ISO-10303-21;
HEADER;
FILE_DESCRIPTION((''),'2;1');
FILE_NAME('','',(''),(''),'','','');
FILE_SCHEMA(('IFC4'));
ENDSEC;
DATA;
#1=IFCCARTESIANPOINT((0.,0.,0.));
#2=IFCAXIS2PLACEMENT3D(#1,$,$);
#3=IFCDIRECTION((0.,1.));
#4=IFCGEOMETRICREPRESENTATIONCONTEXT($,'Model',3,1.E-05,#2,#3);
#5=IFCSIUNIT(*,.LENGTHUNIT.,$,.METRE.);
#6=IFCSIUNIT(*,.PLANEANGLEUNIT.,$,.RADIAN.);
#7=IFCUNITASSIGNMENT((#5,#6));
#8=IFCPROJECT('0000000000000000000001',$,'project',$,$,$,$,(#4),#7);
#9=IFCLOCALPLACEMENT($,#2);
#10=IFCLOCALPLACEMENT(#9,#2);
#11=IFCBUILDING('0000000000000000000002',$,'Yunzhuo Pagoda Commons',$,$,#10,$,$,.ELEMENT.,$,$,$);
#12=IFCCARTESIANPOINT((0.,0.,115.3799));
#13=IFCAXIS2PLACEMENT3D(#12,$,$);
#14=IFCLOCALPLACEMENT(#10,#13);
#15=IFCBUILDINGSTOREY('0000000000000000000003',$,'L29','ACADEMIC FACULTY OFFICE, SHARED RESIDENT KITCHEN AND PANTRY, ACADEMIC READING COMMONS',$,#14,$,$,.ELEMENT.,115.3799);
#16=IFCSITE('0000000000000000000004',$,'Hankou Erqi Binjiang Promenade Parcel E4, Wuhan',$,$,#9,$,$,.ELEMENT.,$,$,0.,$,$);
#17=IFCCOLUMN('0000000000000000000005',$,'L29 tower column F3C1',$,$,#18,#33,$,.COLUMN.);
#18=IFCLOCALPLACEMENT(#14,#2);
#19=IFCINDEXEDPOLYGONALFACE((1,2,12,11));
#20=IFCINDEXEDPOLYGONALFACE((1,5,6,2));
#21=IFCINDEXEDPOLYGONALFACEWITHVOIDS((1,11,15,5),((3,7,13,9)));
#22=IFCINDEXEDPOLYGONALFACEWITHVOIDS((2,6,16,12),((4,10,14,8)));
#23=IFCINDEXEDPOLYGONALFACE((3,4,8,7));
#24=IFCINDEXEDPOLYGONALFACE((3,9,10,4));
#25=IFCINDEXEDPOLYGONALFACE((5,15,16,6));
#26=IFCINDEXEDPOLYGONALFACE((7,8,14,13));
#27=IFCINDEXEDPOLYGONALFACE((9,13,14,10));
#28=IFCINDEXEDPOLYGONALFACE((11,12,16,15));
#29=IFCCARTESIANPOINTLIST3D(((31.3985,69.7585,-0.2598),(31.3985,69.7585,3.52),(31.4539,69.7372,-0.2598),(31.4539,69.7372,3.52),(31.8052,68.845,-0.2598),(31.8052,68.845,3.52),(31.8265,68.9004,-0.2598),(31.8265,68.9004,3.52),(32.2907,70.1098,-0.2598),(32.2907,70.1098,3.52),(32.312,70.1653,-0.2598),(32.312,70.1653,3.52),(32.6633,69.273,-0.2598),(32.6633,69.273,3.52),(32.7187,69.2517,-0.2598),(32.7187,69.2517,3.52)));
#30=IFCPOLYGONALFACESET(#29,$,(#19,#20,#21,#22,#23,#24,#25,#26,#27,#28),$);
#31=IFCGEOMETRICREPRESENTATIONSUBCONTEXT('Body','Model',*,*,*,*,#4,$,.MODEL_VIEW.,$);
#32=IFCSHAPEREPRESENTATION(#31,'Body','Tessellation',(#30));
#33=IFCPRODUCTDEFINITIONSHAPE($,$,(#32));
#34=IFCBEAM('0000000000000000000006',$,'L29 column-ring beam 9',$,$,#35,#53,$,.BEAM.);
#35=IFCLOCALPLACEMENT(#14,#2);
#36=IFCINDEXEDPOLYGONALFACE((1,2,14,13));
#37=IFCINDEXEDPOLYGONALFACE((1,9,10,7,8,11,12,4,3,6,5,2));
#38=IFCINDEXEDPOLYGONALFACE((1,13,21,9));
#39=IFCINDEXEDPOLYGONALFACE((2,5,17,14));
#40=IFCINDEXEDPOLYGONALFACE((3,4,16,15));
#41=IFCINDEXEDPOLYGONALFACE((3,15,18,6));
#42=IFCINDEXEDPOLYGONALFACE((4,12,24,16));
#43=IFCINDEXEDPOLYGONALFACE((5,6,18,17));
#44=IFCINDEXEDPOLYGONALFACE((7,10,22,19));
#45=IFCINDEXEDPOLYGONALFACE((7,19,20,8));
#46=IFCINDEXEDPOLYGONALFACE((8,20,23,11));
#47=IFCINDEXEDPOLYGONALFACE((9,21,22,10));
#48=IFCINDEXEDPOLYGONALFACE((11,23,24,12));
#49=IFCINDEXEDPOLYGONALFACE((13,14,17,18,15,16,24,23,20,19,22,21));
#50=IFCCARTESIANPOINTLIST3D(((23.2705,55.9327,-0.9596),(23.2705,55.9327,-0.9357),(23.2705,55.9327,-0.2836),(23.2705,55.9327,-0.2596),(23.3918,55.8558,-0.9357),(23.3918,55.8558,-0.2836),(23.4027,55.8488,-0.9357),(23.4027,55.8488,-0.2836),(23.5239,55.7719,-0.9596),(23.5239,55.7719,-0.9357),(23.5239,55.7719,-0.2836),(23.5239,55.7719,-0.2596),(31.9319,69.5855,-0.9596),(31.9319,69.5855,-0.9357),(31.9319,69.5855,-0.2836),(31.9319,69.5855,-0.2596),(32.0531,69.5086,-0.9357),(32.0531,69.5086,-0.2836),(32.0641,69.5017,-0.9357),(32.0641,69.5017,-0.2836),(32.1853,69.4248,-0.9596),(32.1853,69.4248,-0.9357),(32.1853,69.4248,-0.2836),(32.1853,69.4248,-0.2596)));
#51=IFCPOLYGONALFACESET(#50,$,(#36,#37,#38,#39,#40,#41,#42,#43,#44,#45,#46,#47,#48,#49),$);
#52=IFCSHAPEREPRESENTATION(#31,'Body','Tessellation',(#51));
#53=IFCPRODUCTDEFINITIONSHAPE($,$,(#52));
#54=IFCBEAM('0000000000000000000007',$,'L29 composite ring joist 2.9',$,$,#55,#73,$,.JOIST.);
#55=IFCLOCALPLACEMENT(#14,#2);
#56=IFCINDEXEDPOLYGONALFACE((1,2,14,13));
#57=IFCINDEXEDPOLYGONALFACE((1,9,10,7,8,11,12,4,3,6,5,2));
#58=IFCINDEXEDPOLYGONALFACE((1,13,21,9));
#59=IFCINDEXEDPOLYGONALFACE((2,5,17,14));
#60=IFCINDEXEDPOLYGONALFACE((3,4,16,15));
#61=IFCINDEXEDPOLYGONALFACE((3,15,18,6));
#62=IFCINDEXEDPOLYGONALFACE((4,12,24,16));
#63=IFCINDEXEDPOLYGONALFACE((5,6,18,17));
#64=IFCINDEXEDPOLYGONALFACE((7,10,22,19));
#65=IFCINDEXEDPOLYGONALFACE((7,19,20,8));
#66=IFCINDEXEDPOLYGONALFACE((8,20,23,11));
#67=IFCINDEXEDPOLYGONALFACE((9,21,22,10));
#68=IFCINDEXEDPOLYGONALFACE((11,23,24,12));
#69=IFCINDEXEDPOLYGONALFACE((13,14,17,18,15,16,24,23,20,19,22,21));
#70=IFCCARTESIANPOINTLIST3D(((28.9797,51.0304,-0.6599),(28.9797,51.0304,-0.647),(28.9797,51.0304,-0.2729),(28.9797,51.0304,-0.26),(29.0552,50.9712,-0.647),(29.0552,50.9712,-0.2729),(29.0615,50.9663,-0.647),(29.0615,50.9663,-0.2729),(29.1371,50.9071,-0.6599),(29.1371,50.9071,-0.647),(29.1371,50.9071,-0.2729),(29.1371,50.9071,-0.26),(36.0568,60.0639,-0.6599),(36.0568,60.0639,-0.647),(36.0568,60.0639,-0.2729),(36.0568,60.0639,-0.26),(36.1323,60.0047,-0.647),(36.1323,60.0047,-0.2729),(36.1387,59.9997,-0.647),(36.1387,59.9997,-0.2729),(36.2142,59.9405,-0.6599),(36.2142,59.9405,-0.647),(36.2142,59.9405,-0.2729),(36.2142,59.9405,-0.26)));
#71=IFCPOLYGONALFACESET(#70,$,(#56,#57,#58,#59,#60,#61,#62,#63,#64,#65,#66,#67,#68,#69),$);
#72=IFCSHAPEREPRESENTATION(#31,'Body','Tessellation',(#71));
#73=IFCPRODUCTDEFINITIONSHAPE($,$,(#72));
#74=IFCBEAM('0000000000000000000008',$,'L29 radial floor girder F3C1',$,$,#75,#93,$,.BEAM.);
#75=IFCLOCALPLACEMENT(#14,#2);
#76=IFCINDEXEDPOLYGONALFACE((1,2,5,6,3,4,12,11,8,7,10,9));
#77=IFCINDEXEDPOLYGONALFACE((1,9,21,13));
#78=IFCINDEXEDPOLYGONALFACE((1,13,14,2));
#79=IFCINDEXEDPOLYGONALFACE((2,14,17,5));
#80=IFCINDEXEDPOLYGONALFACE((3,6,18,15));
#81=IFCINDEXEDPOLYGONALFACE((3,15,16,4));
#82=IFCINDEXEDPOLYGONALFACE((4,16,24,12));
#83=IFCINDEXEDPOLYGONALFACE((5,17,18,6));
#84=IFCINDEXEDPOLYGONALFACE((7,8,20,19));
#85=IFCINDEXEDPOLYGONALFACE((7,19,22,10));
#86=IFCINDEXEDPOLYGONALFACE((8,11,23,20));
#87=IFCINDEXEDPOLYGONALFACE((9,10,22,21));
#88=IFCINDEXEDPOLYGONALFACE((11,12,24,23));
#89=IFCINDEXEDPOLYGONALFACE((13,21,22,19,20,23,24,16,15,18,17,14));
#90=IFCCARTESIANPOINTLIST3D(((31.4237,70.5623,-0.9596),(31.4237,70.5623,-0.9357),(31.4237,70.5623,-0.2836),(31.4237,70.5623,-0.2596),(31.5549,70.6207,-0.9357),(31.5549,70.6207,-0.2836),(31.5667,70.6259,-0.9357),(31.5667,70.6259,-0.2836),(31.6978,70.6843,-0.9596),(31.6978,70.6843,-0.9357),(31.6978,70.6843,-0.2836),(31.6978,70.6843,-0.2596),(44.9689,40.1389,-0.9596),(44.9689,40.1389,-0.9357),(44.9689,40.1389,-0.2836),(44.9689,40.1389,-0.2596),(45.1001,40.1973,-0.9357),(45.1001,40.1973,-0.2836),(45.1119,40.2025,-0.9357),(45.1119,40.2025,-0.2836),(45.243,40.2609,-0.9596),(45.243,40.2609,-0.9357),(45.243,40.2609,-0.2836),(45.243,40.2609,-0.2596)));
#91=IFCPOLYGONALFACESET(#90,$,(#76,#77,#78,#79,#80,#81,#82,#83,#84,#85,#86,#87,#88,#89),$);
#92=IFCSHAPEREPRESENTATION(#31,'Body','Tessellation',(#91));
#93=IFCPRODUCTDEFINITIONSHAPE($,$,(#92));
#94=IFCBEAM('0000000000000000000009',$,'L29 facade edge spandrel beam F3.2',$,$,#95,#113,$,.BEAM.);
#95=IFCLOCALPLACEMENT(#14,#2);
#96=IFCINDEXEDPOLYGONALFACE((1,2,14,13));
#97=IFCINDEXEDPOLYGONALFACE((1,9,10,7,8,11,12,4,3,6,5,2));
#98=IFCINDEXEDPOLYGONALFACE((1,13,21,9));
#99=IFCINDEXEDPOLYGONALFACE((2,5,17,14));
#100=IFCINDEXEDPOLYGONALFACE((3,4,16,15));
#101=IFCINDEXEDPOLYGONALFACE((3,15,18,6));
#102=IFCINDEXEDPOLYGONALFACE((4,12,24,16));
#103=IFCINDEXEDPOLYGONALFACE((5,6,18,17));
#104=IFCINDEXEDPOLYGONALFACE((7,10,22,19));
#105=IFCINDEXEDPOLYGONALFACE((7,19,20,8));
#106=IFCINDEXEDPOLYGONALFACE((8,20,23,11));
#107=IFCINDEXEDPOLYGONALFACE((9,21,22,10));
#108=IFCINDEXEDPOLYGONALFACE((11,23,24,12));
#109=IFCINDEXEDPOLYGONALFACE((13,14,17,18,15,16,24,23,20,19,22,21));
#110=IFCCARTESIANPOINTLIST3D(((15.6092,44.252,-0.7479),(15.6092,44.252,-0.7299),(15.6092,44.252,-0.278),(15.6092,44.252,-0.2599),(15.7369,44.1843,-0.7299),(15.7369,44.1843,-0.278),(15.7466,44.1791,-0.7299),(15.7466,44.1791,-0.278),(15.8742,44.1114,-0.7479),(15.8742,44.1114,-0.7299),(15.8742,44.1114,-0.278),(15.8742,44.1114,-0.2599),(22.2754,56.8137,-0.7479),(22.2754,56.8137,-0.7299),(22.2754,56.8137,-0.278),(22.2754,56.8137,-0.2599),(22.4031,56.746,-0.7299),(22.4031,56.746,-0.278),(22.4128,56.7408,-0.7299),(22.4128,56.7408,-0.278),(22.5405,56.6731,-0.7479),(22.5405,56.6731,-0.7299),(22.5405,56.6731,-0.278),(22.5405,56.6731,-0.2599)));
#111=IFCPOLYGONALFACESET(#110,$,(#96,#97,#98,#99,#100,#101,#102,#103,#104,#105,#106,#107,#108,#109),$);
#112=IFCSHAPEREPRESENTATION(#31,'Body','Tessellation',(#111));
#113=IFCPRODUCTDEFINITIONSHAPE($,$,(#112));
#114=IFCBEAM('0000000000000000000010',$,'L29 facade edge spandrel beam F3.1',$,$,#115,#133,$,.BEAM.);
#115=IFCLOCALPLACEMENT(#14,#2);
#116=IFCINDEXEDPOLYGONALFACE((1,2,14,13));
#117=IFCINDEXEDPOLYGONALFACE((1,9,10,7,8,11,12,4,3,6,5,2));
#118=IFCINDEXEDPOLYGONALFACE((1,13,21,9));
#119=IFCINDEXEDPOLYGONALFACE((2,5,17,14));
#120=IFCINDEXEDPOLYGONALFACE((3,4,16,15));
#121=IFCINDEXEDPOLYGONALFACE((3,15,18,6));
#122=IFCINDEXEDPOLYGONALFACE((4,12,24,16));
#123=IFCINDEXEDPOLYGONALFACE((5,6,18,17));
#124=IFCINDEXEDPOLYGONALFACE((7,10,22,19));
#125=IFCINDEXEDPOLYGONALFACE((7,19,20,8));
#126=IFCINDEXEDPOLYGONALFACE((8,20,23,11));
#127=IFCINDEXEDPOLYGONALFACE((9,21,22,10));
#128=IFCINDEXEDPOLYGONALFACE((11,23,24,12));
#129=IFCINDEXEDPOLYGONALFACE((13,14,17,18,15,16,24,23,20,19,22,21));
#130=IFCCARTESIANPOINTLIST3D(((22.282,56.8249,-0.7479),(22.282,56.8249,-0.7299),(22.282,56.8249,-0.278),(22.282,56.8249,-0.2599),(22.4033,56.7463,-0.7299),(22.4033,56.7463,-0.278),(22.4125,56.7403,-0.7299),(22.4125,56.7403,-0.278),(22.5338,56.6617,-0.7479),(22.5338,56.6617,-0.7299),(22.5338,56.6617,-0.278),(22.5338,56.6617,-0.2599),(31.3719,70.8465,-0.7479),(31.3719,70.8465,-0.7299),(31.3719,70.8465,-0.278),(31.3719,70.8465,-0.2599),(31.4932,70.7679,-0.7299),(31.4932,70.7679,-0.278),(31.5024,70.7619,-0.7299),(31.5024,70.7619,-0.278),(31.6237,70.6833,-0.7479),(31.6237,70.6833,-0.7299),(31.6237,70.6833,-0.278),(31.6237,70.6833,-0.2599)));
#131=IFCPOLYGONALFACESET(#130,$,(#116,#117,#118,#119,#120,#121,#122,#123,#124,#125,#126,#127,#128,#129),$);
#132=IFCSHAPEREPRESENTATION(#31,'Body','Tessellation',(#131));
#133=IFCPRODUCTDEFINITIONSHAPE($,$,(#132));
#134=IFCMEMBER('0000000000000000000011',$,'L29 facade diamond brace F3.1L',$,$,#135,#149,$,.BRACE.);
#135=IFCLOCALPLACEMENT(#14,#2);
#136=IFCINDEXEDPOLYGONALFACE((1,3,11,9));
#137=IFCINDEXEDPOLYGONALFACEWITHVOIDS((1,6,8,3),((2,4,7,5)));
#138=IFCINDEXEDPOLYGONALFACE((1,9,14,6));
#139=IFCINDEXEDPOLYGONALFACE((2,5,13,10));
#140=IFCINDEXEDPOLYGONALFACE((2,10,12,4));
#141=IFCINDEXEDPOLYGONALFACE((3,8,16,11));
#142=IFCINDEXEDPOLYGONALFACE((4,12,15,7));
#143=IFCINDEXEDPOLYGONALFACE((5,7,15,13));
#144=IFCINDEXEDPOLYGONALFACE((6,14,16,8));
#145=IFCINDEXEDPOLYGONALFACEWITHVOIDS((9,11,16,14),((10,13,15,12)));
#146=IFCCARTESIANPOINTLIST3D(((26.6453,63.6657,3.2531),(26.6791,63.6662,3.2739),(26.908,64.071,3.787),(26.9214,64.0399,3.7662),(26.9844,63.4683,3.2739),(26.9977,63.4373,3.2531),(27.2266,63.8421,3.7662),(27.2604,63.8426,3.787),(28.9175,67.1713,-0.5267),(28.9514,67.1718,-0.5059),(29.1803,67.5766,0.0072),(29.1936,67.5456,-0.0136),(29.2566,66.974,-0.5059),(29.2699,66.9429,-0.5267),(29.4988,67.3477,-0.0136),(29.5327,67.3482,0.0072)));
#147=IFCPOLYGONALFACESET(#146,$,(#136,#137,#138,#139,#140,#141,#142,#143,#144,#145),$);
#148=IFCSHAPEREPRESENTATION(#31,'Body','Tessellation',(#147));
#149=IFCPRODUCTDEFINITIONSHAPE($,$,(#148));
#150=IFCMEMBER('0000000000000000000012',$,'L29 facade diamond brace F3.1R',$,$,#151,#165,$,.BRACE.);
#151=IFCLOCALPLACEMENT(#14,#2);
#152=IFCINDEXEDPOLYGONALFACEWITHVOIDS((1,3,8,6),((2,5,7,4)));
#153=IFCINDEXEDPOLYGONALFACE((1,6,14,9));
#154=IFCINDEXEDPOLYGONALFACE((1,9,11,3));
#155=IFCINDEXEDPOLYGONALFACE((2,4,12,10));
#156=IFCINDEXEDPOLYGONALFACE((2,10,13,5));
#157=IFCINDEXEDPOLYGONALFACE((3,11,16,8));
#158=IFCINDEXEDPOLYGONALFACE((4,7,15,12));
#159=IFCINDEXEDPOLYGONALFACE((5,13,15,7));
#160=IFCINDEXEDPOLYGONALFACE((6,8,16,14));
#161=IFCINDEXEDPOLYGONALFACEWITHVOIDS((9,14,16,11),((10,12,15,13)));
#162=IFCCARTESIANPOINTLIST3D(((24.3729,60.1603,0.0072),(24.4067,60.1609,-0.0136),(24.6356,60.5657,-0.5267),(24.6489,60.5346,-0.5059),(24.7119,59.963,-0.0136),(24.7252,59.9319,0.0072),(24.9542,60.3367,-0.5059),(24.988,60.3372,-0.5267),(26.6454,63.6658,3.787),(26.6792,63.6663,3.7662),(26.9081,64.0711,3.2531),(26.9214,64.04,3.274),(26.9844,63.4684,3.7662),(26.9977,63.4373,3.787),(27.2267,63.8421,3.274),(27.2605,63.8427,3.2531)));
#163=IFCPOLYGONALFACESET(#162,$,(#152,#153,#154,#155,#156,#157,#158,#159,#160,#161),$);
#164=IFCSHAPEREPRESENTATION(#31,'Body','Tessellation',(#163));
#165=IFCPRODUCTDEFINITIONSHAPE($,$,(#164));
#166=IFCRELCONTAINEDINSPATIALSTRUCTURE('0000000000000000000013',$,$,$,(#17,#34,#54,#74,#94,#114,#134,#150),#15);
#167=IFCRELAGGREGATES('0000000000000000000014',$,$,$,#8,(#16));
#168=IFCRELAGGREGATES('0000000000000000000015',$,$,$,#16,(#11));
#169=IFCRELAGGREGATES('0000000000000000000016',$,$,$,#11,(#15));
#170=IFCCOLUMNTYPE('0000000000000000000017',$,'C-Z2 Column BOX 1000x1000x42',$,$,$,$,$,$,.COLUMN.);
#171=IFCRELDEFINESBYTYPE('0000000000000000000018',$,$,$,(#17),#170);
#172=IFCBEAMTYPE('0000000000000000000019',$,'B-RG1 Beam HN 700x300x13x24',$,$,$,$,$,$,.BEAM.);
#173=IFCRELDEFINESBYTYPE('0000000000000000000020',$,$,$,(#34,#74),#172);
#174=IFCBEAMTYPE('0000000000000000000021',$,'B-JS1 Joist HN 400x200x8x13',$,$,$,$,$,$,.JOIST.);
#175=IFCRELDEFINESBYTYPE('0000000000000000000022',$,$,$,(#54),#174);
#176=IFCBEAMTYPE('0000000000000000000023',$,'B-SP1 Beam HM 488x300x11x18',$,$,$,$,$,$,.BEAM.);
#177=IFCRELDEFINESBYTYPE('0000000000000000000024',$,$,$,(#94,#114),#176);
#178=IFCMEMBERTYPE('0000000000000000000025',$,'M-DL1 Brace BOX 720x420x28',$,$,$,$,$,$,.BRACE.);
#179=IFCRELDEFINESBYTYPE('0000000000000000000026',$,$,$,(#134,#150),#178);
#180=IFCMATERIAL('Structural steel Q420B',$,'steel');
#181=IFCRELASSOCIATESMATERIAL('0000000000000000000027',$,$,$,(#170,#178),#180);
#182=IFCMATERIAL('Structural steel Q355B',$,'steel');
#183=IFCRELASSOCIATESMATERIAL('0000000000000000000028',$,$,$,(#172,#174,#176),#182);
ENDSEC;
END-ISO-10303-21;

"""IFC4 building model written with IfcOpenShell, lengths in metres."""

from ifc_helpers import new_model, si_unit, direction, frame, origin, origin_2d, place, context, subcontext, project, spatial, hollow_rectangle, i_section, extrude, source, transform, mapped, material, material_profile, profile_set, type_object, element, save


model = new_model("IFC4")

# Units and contexts
model_context = context("Model", 3, precision=1e-05, world=origin(), true_north=direction((0.0, 1.0)))
body_context = subcontext(model_context, "Body", "Model", "MODEL_VIEW")
ifc_project = project(units=[si_unit("LENGTHUNIT", "METRE"), si_unit("PLANEANGLEUNIT", "RADIAN")], contexts=[model_context])

# Site, building, storey
site_placement = place(None, origin())
site = spatial("IfcSite", under=ifc_project, at=site_placement, Name="Hankou Erqi Binjiang Promenade Parcel E4, Wuhan", CompositionType="ELEMENT", RefElevation=0.0)
building_placement = place(site_placement, origin())
building = spatial("IfcBuilding", under=site, at=building_placement, Name="Yunzhuo Pagoda Commons", CompositionType="ELEMENT")
storey_placement = place(building_placement, frame((0.0, 0.0, 115.3799)))
storey = spatial("IfcBuildingStorey", under=building, at=storey_placement, Name="L29", Description="ACADEMIC FACULTY OFFICE, SHARED RESIDENT KITCHEN AND PANTRY, ACADEMIC READING COMMONS", CompositionType="ELEMENT", Elevation=115.3799)

# Column
ifc_material_1 = material(Name="Structural steel Q420B", Category="steel")
ifc_material_profile_1 = material_profile(ifc_material_1, hollow_rectangle(XDim=1.0, YDim=1.0, WallThickness=0.042, at=origin_2d()), Name="Structural steel Q420B")
ifc_profile_set_1 = profile_set([ifc_material_profile_1], Name="Structural steel Q420B")
column_type = type_object("IfcColumnType", Name="C-Z2 Column BOX 1000x1000x42", PredefinedType="COLUMN", material=ifc_profile_set_1)
shared_shape_1 = source(origin(), body_context, "Body", "SweptSolid", [
    extrude(hollow_rectangle(XDim=1.0, YDim=1.0, WallThickness=0.042, at=origin_2d()), origin(), (0.0, 0.0, 1.0), 3.7798),
])
column_placement = place(storey_placement, frame((32.0586, 69.5051, -0.2598), z_axis=(0.0, 0.0, 1.0), x_axis=(-0.913545, -0.406737, 0.0)))
element("IfcColumn", 1, at=column_placement, inside=storey, type_object=column_type, Name="L29 tower column F3C1", PredefinedType="COLUMN", context=body_context, shape_type="MappedRepresentation", body=[
    mapped(shared_shape_1, transform((0.0, 0.0, 0.0), scale=1.0)),
])

# Beams
ifc_material_2 = material(Name="Structural steel Q355B", Category="steel")
ifc_material_profile_2 = material_profile(ifc_material_2, i_section(OverallWidth=0.3, OverallDepth=0.7, WebThickness=0.0129, FlangeThickness=0.0239, at=origin_2d()), Name="Structural steel Q355B")
ifc_profile_set_2 = profile_set([ifc_material_profile_2], Name="Structural steel Q355B")
beam_type_1 = type_object("IfcBeamType", Name="B-RG1 Beam HN 700x300x13x24", PredefinedType="BEAM", material=ifc_profile_set_2)
shared_shape_2 = source(origin(), body_context, "Body", "SweptSolid", [
    extrude(i_section(OverallWidth=0.3, OverallDepth=0.7, WebThickness=0.0129, FlangeThickness=0.0239, at=origin_2d()), origin(), (0.0, 0.0, 1.0), 16.1685),
])
beam_1_placement = place(storey_placement, frame((32.0586, 69.5051, -0.6096), z_axis=(-0.535696, -0.844411, 0.0), x_axis=(0.844411, -0.535696, 0.0)))
element("IfcBeam", 2, at=beam_1_placement, inside=storey, type_object=beam_type_1, Name="L29 column-ring beam 9", PredefinedType="BEAM", context=body_context, shape_type="MappedRepresentation", body=[
    mapped(shared_shape_2, transform((0.0, 0.0, 0.0), scale=1.0)),
])
ifc_material_profile_3 = material_profile(ifc_material_2, i_section(OverallWidth=0.2, OverallDepth=0.3999, WebThickness=0.0081, FlangeThickness=0.0129, at=origin_2d()), Name="Structural steel Q355B")
ifc_profile_set_3 = profile_set([ifc_material_profile_3], Name="Structural steel Q355B")
beam_type_2 = type_object("IfcBeamType", Name="B-JS1 Joist HN 400x200x8x13", PredefinedType="JOIST", material=ifc_profile_set_3)
shared_shape_3 = source(origin(), body_context, "Body", "SweptSolid", [
    extrude(i_section(OverallWidth=0.2, OverallDepth=0.3999, WebThickness=0.0081, FlangeThickness=0.0129, at=origin_2d()), origin(), (0.0, 0.0, 1.0), 11.4756),
])
beam_2_placement = place(storey_placement, frame((36.1355, 60.0022, -0.46), z_axis=(-0.616713, -0.787188, 0.0), x_axis=(0.787188, -0.616713, 0.0)))
element("IfcBeam", 3, at=beam_2_placement, inside=storey, type_object=beam_type_2, Name="L29 composite ring joist 2.9", PredefinedType="JOIST", context=body_context, shape_type="MappedRepresentation", body=[
    mapped(shared_shape_3, transform((0.0, 0.0, 0.0), scale=1.0)),
])
shared_shape_4 = source(origin(), body_context, "Body", "SweptSolid", [
    extrude(i_section(OverallWidth=0.3, OverallDepth=0.7, WebThickness=0.0129, FlangeThickness=0.0239, at=origin_2d()), origin(), (0.0, 0.0, 1.0), 33.3025),
])
beam_3_placement = place(storey_placement, frame((31.5608, 70.6233, -0.6096), z_axis=(0.406732, -0.913547, 0.0), x_axis=(0.913547, 0.406732, 0.0)))
element("IfcBeam", 4, at=beam_3_placement, inside=storey, type_object=beam_type_1, Name="L29 radial floor girder F3C1", PredefinedType="BEAM", context=body_context, shape_type="MappedRepresentation", body=[
    mapped(shared_shape_4, transform((0.0, 0.0, 0.0), scale=1.0)),
])
ifc_material_profile_4 = material_profile(ifc_material_2, i_section(OverallWidth=0.3, OverallDepth=0.488, WebThickness=0.011, FlangeThickness=0.0181, at=origin_2d()), Name="Structural steel Q355B")
ifc_profile_set_4 = profile_set([ifc_material_profile_4], Name="Structural steel Q355B")
beam_type_3 = type_object("IfcBeamType", Name="B-SP1 Beam HM 488x300x11x18", PredefinedType="BEAM", material=ifc_profile_set_4)
shared_shape_5 = source(origin(), body_context, "Body", "SweptSolid", [
    extrude(i_section(OverallWidth=0.3, OverallDepth=0.488, WebThickness=0.011, FlangeThickness=0.0181, at=origin_2d()), origin(), (0.0, 0.0, 1.0), 14.2209),
])
beam_4_placement = place(storey_placement, frame((22.408, 56.7434, -0.5039), z_axis=(-0.468761, -0.883325, 0.0), x_axis=(0.883325, -0.468761, 0.0)))
element("IfcBeam", 5, at=beam_4_placement, inside=storey, type_object=beam_type_3, Name="L29 facade edge spandrel beam F3.2", PredefinedType="BEAM", context=body_context, shape_type="MappedRepresentation", body=[
    mapped(shared_shape_5, transform((0.0, 0.0, 0.0), scale=1.0)),
])
shared_shape_6 = source(origin(), body_context, "Body", "SweptSolid", [
    extrude(i_section(OverallWidth=0.3, OverallDepth=0.488, WebThickness=0.011, FlangeThickness=0.0181, at=origin_2d()), origin(), (0.0, 0.0, 1.0), 16.7102),
])
beam_5_placement = place(storey_placement, frame((31.4978, 70.7649, -0.5039), z_axis=(-0.543973, -0.839103, 0.0), x_axis=(0.839103, -0.543973, 0.0)))
element("IfcBeam", 6, at=beam_5_placement, inside=storey, type_object=beam_type_3, Name="L29 facade edge spandrel beam F3.1", PredefinedType="BEAM", context=body_context, shape_type="MappedRepresentation", body=[
    mapped(shared_shape_6, transform((0.0, 0.0, 0.0), scale=1.0)),
])

# Members
ifc_material_profile_5 = material_profile(ifc_material_1, hollow_rectangle(XDim=0.4199, YDim=0.72, WallThickness=0.0281, at=origin_2d()), Name="Structural steel Q420B")
ifc_profile_set_5 = profile_set([ifc_material_profile_5], Name="Structural steel Q420B")
member_type_1 = type_object("IfcMemberType", Name="M-DL1 Brace BOX 720x420x28", PredefinedType="BRACE", material=ifc_profile_set_5)
shared_shape_7 = source(origin(), body_context, "Body", "SweptSolid", [
    extrude(hollow_rectangle(XDim=0.4199, YDim=0.72, WallThickness=0.0281, at=origin_2d()), origin(), (0.0, 0.0, 1.0), 5.6338),
])
for number, where, z_axis, x_axis, name in (
    (7, (29.2251, 67.2598, -0.2598), (-0.403323, -0.622253, 0.670919), (0.839147, -0.543905, 0.0), "L29 facade diamond brace F3.1L"),
    (8, (24.6804, 60.2488, -0.2598), (0.40337, 0.622216, 0.670925), (-0.839103, 0.543973, 0.0), "L29 facade diamond brace F3.1R"),
):
    element("IfcMember", number, at=place(storey_placement, frame(where, z_axis=z_axis, x_axis=x_axis)), inside=storey, type_object=member_type_1, Name=name, PredefinedType="BRACE", context=body_context, shape_type="MappedRepresentation", body=[
        mapped(shared_shape_7, transform((0.0, 0.0, 0.0), scale=1.0)),
    ])

save(model, "model.ifc")
